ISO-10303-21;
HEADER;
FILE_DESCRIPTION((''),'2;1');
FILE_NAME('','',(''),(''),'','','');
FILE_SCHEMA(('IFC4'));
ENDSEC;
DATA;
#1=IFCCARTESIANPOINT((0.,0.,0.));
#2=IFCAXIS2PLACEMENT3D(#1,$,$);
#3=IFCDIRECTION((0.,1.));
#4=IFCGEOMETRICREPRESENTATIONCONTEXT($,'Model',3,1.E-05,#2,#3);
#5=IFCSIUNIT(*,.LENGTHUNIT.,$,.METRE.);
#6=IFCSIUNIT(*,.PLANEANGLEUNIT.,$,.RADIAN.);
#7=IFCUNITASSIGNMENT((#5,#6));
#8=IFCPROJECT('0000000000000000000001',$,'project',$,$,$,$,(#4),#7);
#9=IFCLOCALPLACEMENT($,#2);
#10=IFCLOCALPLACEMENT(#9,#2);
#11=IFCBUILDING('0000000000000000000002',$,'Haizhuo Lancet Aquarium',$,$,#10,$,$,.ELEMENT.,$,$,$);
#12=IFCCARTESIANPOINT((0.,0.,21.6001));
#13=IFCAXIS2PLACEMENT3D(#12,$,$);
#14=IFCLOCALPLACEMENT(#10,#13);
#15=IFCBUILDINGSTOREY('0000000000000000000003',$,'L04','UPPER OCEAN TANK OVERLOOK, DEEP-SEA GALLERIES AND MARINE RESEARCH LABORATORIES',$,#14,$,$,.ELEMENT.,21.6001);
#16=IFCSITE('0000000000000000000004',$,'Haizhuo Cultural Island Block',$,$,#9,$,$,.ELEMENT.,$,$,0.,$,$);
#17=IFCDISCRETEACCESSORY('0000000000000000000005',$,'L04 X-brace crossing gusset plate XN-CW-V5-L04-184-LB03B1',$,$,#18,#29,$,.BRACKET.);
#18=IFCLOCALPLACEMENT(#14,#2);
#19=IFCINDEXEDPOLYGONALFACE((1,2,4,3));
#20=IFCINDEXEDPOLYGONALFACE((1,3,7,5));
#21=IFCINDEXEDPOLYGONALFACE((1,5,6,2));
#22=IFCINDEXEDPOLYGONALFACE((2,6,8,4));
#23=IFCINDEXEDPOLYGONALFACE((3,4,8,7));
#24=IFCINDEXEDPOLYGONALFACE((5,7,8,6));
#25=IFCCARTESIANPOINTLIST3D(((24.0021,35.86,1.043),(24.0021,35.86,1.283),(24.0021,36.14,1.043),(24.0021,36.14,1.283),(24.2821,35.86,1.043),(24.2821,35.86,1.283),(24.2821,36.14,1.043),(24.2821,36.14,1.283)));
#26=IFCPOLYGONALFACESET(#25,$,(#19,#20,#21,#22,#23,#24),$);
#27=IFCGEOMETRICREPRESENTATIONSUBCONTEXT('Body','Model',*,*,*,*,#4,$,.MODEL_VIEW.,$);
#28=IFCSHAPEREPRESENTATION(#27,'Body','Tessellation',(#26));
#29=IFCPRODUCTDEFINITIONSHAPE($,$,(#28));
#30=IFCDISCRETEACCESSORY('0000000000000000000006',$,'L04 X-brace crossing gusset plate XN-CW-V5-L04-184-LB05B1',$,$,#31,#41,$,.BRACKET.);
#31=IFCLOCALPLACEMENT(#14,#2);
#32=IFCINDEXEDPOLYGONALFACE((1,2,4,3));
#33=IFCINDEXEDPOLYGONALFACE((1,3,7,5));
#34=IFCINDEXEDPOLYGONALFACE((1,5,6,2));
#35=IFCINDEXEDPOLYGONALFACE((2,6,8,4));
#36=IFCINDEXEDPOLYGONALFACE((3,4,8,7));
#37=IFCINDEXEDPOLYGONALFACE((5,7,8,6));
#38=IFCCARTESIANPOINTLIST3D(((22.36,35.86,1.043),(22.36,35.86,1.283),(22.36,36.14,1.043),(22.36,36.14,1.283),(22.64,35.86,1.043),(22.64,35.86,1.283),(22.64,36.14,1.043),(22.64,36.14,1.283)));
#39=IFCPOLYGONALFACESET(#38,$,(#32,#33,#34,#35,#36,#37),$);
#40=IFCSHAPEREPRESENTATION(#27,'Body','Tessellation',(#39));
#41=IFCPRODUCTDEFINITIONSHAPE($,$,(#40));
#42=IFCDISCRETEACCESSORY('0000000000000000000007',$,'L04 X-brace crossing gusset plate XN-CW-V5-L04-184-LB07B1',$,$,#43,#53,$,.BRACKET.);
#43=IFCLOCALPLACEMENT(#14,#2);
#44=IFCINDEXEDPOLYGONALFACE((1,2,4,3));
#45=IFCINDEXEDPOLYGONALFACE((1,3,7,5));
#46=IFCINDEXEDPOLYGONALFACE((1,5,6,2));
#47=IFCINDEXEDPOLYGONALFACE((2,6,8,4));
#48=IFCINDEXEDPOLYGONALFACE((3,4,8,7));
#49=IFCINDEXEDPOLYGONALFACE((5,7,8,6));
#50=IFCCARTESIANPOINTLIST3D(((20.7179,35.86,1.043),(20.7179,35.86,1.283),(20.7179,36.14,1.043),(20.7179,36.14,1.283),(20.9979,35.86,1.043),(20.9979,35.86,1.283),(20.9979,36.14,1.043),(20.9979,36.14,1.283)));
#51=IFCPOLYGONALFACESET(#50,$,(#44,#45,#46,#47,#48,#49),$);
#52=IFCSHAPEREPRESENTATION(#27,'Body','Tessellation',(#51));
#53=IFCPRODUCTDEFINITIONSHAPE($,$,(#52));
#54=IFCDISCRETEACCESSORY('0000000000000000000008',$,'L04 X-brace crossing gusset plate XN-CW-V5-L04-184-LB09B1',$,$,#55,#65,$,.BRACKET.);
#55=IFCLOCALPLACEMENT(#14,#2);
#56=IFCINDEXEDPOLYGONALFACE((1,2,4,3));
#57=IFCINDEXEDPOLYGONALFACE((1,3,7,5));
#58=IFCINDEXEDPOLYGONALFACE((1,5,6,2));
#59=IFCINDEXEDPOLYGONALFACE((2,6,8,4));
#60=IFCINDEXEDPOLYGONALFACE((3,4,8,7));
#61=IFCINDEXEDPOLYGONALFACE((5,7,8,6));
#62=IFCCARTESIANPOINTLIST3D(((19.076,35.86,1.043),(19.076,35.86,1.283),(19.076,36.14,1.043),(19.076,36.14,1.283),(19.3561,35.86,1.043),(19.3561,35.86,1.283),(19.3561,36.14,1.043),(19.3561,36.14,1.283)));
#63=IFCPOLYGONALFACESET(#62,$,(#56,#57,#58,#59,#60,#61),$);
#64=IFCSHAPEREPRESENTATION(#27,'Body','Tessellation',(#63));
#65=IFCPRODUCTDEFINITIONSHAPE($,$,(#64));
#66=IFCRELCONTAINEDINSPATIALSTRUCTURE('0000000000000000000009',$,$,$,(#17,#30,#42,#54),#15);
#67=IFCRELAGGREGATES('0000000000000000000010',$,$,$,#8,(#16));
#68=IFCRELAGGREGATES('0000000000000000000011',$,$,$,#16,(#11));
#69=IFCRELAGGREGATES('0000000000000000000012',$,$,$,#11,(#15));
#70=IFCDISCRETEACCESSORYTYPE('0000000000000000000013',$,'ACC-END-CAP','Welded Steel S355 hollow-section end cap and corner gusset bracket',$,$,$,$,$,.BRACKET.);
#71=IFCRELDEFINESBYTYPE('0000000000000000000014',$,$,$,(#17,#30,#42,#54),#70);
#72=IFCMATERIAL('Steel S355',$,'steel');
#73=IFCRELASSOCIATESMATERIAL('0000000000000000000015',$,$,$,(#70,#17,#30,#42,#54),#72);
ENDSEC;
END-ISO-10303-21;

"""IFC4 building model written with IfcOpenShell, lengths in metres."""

from ifc_helpers import new_model, si_unit, direction, frame, origin, origin_2d, place, context, subcontext, project, spatial, rectangle, extrude, material, type_object, element, save


model = new_model("IFC4")

# Units and contexts
model_context = context("Model", 3, precision=1e-05, world=origin(), true_north=direction((0.0, 1.0)))
body_context = subcontext(model_context, "Body", "Model", "MODEL_VIEW")
ifc_project = project(units=[si_unit("LENGTHUNIT", "METRE"), si_unit("PLANEANGLEUNIT", "RADIAN")], contexts=[model_context])

# Site, building, storey
site_placement = place(None, origin())
site = spatial("IfcSite", under=ifc_project, at=site_placement, Name="Haizhuo Cultural Island Block", CompositionType="ELEMENT", RefElevation=0.0)
building_placement = place(site_placement, origin())
building = spatial("IfcBuilding", under=site, at=building_placement, Name="Haizhuo Lancet Aquarium", CompositionType="ELEMENT")
storey_placement = place(building_placement, frame((0.0, 0.0, 21.6001)))
storey = spatial("IfcBuildingStorey", under=building, at=storey_placement, Name="L04", Description="UPPER OCEAN TANK OVERLOOK, DEEP-SEA GALLERIES AND MARINE RESEARCH LABORATORIES", CompositionType="ELEMENT", Elevation=21.6001)

# Shared definitions
ifc_material_1 = material(Name="Steel S355", Category="steel")

# Discrete accessories
discrete_accessory_type = type_object("IfcDiscreteAccessoryType", Name="ACC-END-CAP", Description="Welded Steel S355 hollow-section end cap and corner gusset bracket", PredefinedType="BRACKET", material=ifc_material_1)
for number, where, z_axis, x_axis, name in (
    (1, (24.1421, 36.0, 1.043), (0.0, 0.0, 1.0), (1.0, 0.0, 0.0), "L04 X-brace crossing gusset plate XN-CW-V5-L04-184-LB03B1"),
    (2, (22.5, 36.0, 1.043), (0.0, 0.0, 1.0), (1.0, 0.0, 0.0), "L04 X-brace crossing gusset plate XN-CW-V5-L04-184-LB05B1"),
    (3, (20.8579, 36.0, 1.043), (0.0, 0.0, 1.0), (1.0, 0.0, 0.0), "L04 X-brace crossing gusset plate XN-CW-V5-L04-184-LB07B1"),
    (4, (19.2161, 36.0, 1.043), (0.0, 0.0, 1.0), (1.0, 0.0, 0.0), "L04 X-brace crossing gusset plate XN-CW-V5-L04-184-LB09B1"),
):
    element("IfcDiscreteAccessory", number, at=place(storey_placement, frame(where, z_axis=z_axis, x_axis=x_axis)), inside=storey, type_object=discrete_accessory_type, material=ifc_material_1, Name=name, PredefinedType="BRACKET", context=body_context, shape_type="SweptSolid", body=[
        extrude(rectangle(XDim=0.28, YDim=0.28, at=origin_2d()), origin(), (0.0, 0.0, 1.0), 0.24),
    ])

save(model, "model.ifc")
